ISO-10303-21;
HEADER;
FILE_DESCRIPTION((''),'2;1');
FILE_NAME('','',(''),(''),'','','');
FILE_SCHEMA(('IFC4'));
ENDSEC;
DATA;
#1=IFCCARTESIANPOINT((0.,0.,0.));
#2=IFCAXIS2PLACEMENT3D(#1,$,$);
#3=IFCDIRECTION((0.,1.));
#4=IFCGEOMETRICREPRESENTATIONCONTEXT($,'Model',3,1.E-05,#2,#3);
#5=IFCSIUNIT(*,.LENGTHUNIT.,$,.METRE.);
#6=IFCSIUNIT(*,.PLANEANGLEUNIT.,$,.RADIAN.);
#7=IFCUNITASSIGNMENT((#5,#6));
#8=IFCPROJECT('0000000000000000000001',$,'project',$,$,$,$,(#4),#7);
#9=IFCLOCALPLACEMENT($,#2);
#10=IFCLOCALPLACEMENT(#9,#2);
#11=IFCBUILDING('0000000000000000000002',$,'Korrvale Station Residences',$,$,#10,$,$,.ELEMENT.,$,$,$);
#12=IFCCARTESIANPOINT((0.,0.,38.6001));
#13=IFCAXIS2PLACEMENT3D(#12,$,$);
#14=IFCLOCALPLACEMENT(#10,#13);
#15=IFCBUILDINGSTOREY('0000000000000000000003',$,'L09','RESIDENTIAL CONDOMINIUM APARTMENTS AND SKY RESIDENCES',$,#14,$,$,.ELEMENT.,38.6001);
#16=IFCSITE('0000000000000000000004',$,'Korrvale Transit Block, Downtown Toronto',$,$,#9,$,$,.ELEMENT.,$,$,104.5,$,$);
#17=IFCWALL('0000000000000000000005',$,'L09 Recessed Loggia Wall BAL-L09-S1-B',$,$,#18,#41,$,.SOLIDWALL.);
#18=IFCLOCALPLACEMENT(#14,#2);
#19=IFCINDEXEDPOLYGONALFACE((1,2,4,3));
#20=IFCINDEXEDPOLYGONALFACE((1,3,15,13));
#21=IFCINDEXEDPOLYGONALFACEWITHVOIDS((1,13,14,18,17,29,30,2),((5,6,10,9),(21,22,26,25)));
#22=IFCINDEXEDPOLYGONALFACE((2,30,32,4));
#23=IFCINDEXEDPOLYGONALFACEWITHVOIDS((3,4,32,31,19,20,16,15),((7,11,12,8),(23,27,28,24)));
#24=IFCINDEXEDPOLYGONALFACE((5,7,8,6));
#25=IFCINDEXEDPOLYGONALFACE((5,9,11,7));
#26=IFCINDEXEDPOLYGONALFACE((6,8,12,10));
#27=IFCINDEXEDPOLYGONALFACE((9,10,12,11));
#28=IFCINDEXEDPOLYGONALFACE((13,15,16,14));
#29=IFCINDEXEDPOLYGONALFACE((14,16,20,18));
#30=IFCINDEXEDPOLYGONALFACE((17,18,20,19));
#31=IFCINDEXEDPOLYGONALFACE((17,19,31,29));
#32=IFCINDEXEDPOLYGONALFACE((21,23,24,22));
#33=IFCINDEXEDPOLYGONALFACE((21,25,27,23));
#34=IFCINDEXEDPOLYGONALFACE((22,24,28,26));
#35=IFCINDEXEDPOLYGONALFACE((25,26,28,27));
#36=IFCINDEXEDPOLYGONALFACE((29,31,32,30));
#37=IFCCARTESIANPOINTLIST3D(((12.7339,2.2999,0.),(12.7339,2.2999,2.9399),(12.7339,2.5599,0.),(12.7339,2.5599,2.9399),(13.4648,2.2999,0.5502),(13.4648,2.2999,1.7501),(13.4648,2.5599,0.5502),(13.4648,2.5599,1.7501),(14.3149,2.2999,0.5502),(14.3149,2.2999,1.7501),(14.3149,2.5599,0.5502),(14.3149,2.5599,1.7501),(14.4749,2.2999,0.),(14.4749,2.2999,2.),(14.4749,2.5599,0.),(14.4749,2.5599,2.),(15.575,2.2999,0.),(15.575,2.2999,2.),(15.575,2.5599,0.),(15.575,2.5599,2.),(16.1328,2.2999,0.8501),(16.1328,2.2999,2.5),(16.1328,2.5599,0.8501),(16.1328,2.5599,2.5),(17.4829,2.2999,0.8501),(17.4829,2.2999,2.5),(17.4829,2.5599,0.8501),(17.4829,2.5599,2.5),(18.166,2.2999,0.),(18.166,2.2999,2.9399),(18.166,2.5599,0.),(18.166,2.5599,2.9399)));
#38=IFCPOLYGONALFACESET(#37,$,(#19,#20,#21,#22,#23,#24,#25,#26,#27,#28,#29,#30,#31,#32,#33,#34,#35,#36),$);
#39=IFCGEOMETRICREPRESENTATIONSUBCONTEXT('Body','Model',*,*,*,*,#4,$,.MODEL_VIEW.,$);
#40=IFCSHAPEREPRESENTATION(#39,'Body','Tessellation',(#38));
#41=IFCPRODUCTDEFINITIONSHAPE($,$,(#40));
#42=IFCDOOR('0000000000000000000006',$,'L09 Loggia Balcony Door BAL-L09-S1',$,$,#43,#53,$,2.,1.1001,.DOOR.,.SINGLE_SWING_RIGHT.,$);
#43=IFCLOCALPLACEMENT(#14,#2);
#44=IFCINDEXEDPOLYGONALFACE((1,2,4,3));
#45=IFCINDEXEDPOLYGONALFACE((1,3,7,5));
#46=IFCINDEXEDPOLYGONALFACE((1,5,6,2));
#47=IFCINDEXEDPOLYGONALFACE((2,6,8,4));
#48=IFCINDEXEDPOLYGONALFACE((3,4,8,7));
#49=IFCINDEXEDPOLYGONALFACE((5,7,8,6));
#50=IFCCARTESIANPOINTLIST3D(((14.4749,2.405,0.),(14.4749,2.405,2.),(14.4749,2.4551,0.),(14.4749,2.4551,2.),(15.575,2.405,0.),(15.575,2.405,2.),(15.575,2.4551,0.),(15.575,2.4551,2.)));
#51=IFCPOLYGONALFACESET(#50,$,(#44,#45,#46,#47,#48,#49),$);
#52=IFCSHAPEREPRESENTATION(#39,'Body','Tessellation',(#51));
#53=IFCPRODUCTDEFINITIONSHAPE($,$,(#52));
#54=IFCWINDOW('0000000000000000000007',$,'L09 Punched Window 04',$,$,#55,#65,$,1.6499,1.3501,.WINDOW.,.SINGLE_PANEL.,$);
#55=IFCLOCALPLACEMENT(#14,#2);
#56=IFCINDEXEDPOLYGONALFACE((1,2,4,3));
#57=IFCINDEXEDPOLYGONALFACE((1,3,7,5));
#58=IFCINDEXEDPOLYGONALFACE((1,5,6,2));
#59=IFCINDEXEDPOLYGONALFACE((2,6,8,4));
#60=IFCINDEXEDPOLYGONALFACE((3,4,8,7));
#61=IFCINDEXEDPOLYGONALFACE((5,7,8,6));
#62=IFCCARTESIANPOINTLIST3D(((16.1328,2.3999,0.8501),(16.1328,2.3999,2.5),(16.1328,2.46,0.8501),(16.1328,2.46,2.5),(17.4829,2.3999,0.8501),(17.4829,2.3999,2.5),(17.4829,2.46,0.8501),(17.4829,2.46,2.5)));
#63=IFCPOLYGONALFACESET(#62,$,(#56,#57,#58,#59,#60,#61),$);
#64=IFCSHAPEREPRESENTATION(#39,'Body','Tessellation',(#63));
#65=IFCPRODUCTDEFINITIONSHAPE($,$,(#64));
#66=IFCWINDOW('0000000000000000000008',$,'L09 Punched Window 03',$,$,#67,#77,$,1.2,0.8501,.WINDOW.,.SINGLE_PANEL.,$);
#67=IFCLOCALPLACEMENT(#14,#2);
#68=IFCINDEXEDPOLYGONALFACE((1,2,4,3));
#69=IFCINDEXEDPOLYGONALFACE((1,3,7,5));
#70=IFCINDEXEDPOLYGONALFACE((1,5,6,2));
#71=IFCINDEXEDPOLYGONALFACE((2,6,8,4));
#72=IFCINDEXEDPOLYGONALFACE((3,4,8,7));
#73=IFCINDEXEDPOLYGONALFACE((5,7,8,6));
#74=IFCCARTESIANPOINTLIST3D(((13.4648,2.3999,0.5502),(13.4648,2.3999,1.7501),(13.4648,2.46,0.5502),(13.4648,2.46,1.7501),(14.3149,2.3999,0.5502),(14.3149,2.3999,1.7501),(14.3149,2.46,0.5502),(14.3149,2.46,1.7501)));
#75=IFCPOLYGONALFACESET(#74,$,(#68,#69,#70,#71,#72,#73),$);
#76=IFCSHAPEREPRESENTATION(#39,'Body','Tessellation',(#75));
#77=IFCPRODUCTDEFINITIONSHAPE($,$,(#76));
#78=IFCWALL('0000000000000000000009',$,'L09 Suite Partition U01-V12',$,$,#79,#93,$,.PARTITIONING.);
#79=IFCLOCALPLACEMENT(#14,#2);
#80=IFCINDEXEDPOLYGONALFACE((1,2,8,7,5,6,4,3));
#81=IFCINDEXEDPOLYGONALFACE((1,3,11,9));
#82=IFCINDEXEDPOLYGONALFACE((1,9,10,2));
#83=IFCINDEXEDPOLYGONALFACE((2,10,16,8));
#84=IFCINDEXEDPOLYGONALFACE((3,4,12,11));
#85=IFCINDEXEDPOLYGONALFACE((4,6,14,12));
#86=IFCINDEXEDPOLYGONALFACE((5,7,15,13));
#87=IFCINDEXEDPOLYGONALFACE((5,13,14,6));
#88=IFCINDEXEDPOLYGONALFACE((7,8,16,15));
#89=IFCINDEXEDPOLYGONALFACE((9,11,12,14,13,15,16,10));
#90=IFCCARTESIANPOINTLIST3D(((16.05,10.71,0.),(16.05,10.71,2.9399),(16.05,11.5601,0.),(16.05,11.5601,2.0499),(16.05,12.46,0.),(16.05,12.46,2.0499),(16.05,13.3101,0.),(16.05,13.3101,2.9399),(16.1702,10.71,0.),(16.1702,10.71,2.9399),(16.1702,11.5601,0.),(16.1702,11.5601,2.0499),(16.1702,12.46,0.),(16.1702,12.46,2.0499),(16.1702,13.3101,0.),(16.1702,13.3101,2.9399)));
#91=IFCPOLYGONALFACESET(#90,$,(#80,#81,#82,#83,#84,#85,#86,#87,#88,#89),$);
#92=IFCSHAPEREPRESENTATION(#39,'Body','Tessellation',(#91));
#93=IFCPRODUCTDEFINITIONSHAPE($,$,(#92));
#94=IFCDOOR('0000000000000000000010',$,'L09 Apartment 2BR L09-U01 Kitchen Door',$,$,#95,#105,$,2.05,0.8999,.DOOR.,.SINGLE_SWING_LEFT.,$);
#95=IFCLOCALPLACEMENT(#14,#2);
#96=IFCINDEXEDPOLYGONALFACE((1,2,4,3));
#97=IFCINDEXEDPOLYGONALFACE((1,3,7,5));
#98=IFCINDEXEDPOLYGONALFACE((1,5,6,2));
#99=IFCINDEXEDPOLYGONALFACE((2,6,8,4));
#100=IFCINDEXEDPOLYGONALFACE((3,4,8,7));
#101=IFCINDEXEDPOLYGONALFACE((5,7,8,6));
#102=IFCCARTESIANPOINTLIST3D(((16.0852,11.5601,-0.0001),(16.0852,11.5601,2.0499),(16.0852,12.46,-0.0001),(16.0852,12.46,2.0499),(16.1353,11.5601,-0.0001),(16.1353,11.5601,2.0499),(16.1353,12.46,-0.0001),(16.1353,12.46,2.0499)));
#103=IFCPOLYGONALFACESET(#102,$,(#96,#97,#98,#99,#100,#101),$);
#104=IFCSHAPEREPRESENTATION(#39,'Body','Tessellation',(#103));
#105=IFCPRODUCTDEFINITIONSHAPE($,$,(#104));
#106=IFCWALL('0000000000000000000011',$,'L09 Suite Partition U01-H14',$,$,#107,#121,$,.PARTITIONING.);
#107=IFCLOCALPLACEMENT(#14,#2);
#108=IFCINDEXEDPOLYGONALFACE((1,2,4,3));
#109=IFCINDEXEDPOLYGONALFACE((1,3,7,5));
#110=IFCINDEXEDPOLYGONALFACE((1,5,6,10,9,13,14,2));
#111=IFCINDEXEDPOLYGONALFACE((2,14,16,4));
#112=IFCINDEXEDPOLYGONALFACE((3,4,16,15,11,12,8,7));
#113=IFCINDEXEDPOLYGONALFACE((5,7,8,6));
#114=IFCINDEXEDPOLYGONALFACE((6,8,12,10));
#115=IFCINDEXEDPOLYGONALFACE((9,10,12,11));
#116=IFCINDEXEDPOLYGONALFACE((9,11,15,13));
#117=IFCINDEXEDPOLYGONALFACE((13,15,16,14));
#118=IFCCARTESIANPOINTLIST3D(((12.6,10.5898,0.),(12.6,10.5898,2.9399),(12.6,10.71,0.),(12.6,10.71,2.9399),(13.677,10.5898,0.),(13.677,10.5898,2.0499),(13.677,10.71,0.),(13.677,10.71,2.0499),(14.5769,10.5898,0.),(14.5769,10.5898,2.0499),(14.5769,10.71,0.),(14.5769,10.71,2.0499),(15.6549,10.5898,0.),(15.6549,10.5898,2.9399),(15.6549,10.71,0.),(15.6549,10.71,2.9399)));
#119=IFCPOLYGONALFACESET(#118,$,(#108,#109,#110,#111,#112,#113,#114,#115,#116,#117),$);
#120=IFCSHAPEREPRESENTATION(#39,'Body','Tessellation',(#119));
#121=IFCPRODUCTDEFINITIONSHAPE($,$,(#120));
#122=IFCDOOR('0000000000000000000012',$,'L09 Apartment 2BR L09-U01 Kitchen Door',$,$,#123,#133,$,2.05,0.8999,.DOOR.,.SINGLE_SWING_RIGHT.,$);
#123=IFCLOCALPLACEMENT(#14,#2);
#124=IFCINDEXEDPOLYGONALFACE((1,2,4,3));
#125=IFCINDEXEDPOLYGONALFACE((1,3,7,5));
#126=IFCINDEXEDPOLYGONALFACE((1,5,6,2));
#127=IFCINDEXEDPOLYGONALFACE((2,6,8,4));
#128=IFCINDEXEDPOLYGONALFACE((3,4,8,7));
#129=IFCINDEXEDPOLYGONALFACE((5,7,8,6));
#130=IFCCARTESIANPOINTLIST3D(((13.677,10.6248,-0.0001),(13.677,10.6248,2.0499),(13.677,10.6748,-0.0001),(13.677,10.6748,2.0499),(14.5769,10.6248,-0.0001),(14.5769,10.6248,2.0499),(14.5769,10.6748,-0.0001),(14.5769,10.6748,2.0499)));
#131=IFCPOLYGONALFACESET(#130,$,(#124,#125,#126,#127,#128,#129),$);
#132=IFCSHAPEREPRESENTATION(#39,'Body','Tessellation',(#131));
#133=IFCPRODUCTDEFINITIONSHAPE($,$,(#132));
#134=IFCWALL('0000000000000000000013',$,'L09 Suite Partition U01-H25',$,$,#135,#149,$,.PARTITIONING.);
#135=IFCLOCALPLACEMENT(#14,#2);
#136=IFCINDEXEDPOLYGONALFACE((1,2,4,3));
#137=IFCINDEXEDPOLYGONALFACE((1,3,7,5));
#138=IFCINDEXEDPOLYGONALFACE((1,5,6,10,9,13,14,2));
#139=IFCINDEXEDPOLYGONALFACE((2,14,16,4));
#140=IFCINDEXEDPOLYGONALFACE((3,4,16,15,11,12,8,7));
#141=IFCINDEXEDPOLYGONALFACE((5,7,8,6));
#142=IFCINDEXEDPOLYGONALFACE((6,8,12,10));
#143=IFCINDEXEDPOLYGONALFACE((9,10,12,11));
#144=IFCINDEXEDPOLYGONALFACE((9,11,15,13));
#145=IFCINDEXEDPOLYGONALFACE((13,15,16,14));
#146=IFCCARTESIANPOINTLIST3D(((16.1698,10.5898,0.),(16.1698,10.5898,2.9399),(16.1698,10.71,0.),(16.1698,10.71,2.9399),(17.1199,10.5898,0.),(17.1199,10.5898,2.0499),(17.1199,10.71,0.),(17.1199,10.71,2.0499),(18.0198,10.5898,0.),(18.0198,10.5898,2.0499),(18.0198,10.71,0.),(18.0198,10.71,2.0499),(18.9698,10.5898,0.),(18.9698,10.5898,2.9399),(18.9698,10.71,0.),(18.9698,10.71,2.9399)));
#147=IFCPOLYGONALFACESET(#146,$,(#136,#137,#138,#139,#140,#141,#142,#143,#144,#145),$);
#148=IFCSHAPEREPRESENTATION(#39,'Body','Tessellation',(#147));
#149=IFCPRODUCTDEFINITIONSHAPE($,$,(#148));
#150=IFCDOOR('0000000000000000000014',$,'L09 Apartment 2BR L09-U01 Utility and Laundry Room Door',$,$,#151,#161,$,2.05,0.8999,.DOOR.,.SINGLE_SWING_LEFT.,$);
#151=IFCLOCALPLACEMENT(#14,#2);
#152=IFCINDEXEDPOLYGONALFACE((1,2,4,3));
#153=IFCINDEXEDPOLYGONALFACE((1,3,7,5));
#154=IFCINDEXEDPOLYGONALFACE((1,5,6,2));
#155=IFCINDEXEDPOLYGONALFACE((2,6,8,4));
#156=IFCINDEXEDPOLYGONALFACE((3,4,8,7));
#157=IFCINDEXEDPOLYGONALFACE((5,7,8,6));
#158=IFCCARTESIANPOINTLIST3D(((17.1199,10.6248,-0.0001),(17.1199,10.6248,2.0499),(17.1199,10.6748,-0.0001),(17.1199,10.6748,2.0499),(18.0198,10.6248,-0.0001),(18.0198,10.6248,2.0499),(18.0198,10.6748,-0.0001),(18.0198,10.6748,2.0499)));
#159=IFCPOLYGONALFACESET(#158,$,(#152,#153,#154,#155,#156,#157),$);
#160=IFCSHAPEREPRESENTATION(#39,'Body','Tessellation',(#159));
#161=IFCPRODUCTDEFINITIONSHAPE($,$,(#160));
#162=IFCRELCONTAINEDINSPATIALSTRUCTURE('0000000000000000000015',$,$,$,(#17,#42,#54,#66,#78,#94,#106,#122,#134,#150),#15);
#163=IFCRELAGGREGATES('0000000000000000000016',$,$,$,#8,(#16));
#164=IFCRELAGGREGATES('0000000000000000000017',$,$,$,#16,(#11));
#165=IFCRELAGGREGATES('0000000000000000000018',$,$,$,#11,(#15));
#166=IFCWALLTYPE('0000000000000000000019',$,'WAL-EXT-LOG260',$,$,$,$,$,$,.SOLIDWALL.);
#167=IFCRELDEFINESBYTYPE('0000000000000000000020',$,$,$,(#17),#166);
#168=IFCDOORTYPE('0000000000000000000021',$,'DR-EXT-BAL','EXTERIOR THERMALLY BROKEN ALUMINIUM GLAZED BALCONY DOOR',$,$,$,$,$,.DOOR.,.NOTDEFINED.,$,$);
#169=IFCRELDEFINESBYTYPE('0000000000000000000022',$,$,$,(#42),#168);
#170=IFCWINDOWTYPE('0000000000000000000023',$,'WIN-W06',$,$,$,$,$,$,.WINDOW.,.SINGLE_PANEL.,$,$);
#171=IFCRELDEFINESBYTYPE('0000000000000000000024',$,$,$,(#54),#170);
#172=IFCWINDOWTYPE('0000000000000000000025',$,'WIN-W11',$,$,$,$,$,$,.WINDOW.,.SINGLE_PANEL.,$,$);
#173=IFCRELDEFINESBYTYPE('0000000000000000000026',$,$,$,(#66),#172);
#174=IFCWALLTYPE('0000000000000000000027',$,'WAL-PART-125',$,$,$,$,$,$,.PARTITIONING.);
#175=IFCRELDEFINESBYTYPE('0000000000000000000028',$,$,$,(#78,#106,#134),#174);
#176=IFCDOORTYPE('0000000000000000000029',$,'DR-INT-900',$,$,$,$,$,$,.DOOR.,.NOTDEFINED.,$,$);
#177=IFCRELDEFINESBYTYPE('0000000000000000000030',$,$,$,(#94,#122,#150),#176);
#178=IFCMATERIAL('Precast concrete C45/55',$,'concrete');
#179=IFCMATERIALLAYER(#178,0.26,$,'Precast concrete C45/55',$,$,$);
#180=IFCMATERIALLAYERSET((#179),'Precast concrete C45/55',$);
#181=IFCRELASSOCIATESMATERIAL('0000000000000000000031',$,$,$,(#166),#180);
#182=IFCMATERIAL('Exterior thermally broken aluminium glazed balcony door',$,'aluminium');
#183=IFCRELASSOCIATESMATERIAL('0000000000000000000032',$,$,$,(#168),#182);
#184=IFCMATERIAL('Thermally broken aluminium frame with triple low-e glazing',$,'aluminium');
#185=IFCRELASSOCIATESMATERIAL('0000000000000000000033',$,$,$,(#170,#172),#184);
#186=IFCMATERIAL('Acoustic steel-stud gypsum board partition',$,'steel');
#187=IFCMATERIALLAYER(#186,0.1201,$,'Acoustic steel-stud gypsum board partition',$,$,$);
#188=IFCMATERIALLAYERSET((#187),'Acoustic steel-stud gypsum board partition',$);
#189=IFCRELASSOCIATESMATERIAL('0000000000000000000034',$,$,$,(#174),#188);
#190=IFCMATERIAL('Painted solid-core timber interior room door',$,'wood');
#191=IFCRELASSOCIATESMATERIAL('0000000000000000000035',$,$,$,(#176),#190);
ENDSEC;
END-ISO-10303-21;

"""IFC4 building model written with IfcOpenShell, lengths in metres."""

from ifc_helpers import new_model, si_unit, direction, frame, frame_2d, origin, place, context, subcontext, project, spatial, rectangle, extrude, material, layer, layer_set, type_object, element, fill, save


model = new_model("IFC4")

# Units and contexts
model_context = context("Model", 3, precision=1e-05, world=origin(), true_north=direction((0.0, 1.0)))
body_context = subcontext(model_context, "Body", "Model", "MODEL_VIEW")
ifc_project = project(units=[si_unit("LENGTHUNIT", "METRE"), si_unit("PLANEANGLEUNIT", "RADIAN")], contexts=[model_context])

# Site, building, storey
site_placement = place(None, origin())
site = spatial("IfcSite", under=ifc_project, at=site_placement, Name="Korrvale Transit Block, Downtown Toronto", CompositionType="ELEMENT", RefElevation=104.5)
building_placement = place(site_placement, origin())
building = spatial("IfcBuilding", under=site, at=building_placement, Name="Korrvale Station Residences", CompositionType="ELEMENT")
storey_placement = place(building_placement, frame((0.0, 0.0, 38.6001)))
storey = spatial("IfcBuildingStorey", under=building, at=storey_placement, Name="L09", Description="RESIDENTIAL CONDOMINIUM APARTMENTS AND SKY RESIDENCES", CompositionType="ELEMENT", Elevation=38.6001)

# Wall, openings, door, windows
ifc_material_1 = material(Name="Precast concrete C45/55", Category="concrete")
ifc_layer_1 = layer(ifc_material_1, 0.26, Name="Precast concrete C45/55")
ifc_layer_set_1 = layer_set([ifc_layer_1], Name="Precast concrete C45/55")
wall_type_1 = type_object("IfcWallType", Name="WAL-EXT-LOG260", PredefinedType="SOLIDWALL", material=ifc_layer_set_1)
wall_1_placement = place(storey_placement, frame((18.166, 2.4299, 0.0), z_axis=(0.0, 0.0, 1.0), x_axis=(-1.0, 0.0, 0.0)))
wall_1 = element("IfcWall", 1, at=wall_1_placement, inside=storey, type_object=wall_type_1, Name="L09 Recessed Loggia Wall BAL-L09-S1-B", PredefinedType="SOLIDWALL", context=body_context, shape_type="SweptSolid", body=[
    extrude(rectangle(XDim=5.4321, YDim=0.26, at=frame_2d((2.7161, 0.0))), origin(), (0.0, 0.0, 1.0), 2.9399),
])
opening_1_placement = place(wall_1_placement, frame((2.5911, 0.0, 0.0)))
opening_1 = element("IfcOpeningElement", 2, at=opening_1_placement, cuts=wall_1, PredefinedType="OPENING", context=body_context, shape_type="SweptSolid", body=[
    extrude(rectangle(XDim=1.1001, YDim=2.0, at=frame_2d((0.55, 1.0))), frame((0.0, 0.1401, 0.0), z_axis=(0.0, -1.0, 0.0), x_axis=(1.0, 0.0, 0.0)), (0.0, 0.0, 1.0), 0.28),
])
opening_2_placement = place(wall_1_placement, frame((3.8511, 0.0, 0.55)))
opening_2 = element("IfcOpeningElement", 3, at=opening_2_placement, cuts=wall_1, PredefinedType="OPENING", context=body_context, shape_type="SweptSolid", body=[
    extrude(rectangle(XDim=0.8501, YDim=1.2, at=frame_2d((0.425, 0.6001))), frame((0.0, 0.1401, 0.0), z_axis=(0.0, -1.0, 0.0), x_axis=(1.0, 0.0, 0.0)), (0.0, 0.0, 1.0), 0.28),
])
opening_3_placement = place(wall_1_placement, frame((0.6831, 0.0, 0.8501)))
opening_3 = element("IfcOpeningElement", 4, at=opening_3_placement, cuts=wall_1, PredefinedType="OPENING", context=body_context, shape_type="SweptSolid", body=[
    extrude(rectangle(XDim=1.3501, YDim=1.6499, at=frame_2d((0.675, 0.825))), frame((0.0, 0.1401, 0.0), z_axis=(0.0, -1.0, 0.0), x_axis=(1.0, 0.0, 0.0)), (0.0, 0.0, 1.0), 0.28),
])
ifc_material_2 = material(Name="Exterior thermally broken aluminium glazed balcony door", Category="aluminium")
door_type_1 = type_object("IfcDoorType", Name="DR-EXT-BAL", Description="EXTERIOR THERMALLY BROKEN ALUMINIUM GLAZED BALCONY DOOR", OperationType="NOTDEFINED", PredefinedType="DOOR", material=ifc_material_2)
door_1_placement = place(opening_1_placement, origin())
door_1 = element("IfcDoor", 5, at=door_1_placement, inside=storey, type_object=door_type_1, Name="L09 Loggia Balcony Door BAL-L09-S1", OperationType="SINGLE_SWING_RIGHT", OverallHeight=2.0, OverallWidth=1.1001, PredefinedType="DOOR", context=body_context, shape_type="SweptSolid", body=[
    extrude(rectangle(XDim=1.1001, YDim=2.0, at=frame_2d((0.55, 1.0))), frame((0.0, 0.0249, 0.0), z_axis=(0.0, -1.0, 0.0), x_axis=(1.0, 0.0, 0.0)), (0.0, 0.0, 1.0), 0.05),
])
fill(opening_1, door_1)
ifc_material_3 = material(Name="Thermally broken aluminium frame with triple low-e glazing", Category="aluminium")
window_type_1 = type_object("IfcWindowType", Name="WIN-W06", PartitioningType="SINGLE_PANEL", PredefinedType="WINDOW", material=ifc_material_3)
window_1_placement = place(opening_3_placement, origin())
window_1 = element("IfcWindow", 6, at=window_1_placement, inside=storey, type_object=window_type_1, Name="L09 Punched Window 04", OverallHeight=1.6499, OverallWidth=1.3501, PartitioningType="SINGLE_PANEL", PredefinedType="WINDOW", context=body_context, shape_type="SweptSolid", body=[
    extrude(rectangle(XDim=1.3501, YDim=1.6499, at=frame_2d((0.675, 0.825))), frame((0.0, 0.03, 0.0), z_axis=(0.0, -1.0, 0.0), x_axis=(1.0, 0.0, 0.0)), (0.0, 0.0, 1.0), 0.0601),
])
fill(opening_3, window_1)
window_type_2 = type_object("IfcWindowType", Name="WIN-W11", PartitioningType="SINGLE_PANEL", PredefinedType="WINDOW", material=ifc_material_3)
window_2_placement = place(opening_2_placement, origin())
window_2 = element("IfcWindow", 7, at=window_2_placement, inside=storey, type_object=window_type_2, Name="L09 Punched Window 03", OverallHeight=1.2, OverallWidth=0.8501, PartitioningType="SINGLE_PANEL", PredefinedType="WINDOW", context=body_context, shape_type="SweptSolid", body=[
    extrude(rectangle(XDim=0.8501, YDim=1.2, at=frame_2d((0.425, 0.6001))), frame((0.0, 0.03, 0.0), z_axis=(0.0, -1.0, 0.0), x_axis=(1.0, 0.0, 0.0)), (0.0, 0.0, 1.0), 0.0601),
])
fill(opening_2, window_2)

# Walls, openings, doors
ifc_material_4 = material(Name="Acoustic steel-stud gypsum board partition", Category="steel")
ifc_layer_2 = layer(ifc_material_4, 0.1201, Name="Acoustic steel-stud gypsum board partition")
ifc_layer_set_2 = layer_set([ifc_layer_2], Name="Acoustic steel-stud gypsum board partition")
wall_type_2 = type_object("IfcWallType", Name="WAL-PART-125", PredefinedType="PARTITIONING", material=ifc_layer_set_2)
wall_2_placement = place(storey_placement, frame((16.1101, 10.71, 0.0), z_axis=(0.0, 0.0, 1.0), x_axis=(0.0, 1.0, 0.0)))
wall_2 = element("IfcWall", 8, at=wall_2_placement, inside=storey, type_object=wall_type_2, Name="L09 Suite Partition U01-V12", PredefinedType="PARTITIONING", context=body_context, shape_type="SweptSolid", body=[
    extrude(rectangle(XDim=2.6001, YDim=0.1201, at=frame_2d((1.3, 0.0))), origin(), (0.0, 0.0, 1.0), 2.9399),
])
opening_4_placement = place(wall_2_placement, frame((0.8501, 0.0, 0.0)))
opening_4 = element("IfcOpeningElement", 9, at=opening_4_placement, cuts=wall_2, PredefinedType="OPENING", context=body_context, shape_type="SweptSolid", body=[
    extrude(rectangle(XDim=0.8999, YDim=2.05, at=frame_2d((0.45, 1.0249))), frame((0.0, 0.0701, 0.0), z_axis=(0.0, -1.0, 0.0), x_axis=(1.0, 0.0, 0.0)), (0.0, 0.0, 1.0), 0.1401),
])
ifc_material_5 = material(Name="Painted solid-core timber interior room door", Category="wood")
door_type_2 = type_object("IfcDoorType", Name="DR-INT-900", OperationType="NOTDEFINED", PredefinedType="DOOR", material=ifc_material_5)
door_2_placement = place(opening_4_placement, origin())
door_2 = element("IfcDoor", 10, at=door_2_placement, inside=storey, type_object=door_type_2, Name="L09 Apartment 2BR L09-U01 Kitchen Door", OperationType="SINGLE_SWING_LEFT", OverallHeight=2.05, OverallWidth=0.8999, PredefinedType="DOOR", context=body_context, shape_type="SweptSolid", body=[
    extrude(rectangle(XDim=0.8999, YDim=2.05, at=frame_2d((0.45, 1.0249))), frame((0.0, 0.0249, 0.0), z_axis=(0.0, -1.0, 0.0), x_axis=(1.0, 0.0, 0.0)), (0.0, 0.0, 1.0), 0.05),
])
fill(opening_4, door_2)
wall_3_placement = place(storey_placement, frame((12.6001, 10.6499, 0.0), z_axis=(0.0, 0.0, 1.0), x_axis=(1.0, 0.0, 0.0)))
wall_3 = element("IfcWall", 11, at=wall_3_placement, inside=storey, type_object=wall_type_2, Name="L09 Suite Partition U01-H14", PredefinedType="PARTITIONING", context=body_context, shape_type="SweptSolid", body=[
    extrude(rectangle(XDim=3.0549, YDim=0.1201, at=frame_2d((1.5273, 0.0))), origin(), (0.0, 0.0, 1.0), 2.9399),
])
opening_5_placement = place(wall_3_placement, frame((1.0769, 0.0, 0.0)))
opening_5 = element("IfcOpeningElement", 12, at=opening_5_placement, cuts=wall_3, PredefinedType="OPENING", context=body_context, shape_type="SweptSolid", body=[
    extrude(rectangle(XDim=0.8999, YDim=2.05, at=frame_2d((0.45, 1.0249))), frame((0.0, 0.0701, 0.0), z_axis=(0.0, -1.0, 0.0), x_axis=(1.0, 0.0, 0.0)), (0.0, 0.0, 1.0), 0.1401),
])
door_3_placement = place(opening_5_placement, origin())
door_3 = element("IfcDoor", 13, at=door_3_placement, inside=storey, type_object=door_type_2, Name="L09 Apartment 2BR L09-U01 Kitchen Door", OperationType="SINGLE_SWING_RIGHT", OverallHeight=2.05, OverallWidth=0.8999, PredefinedType="DOOR", context=body_context, shape_type="SweptSolid", body=[
    extrude(rectangle(XDim=0.8999, YDim=2.05, at=frame_2d((0.45, 1.0249))), frame((0.0, 0.0249, 0.0), z_axis=(0.0, -1.0, 0.0), x_axis=(1.0, 0.0, 0.0)), (0.0, 0.0, 1.0), 0.05),
])
fill(opening_5, door_3)
wall_4_placement = place(storey_placement, frame((16.1699, 10.6499, 0.0), z_axis=(0.0, 0.0, 1.0), x_axis=(1.0, 0.0, 0.0)))
wall_4 = element("IfcWall", 14, at=wall_4_placement, inside=storey, type_object=wall_type_2, Name="L09 Suite Partition U01-H25", PredefinedType="PARTITIONING", context=body_context, shape_type="SweptSolid", body=[
    extrude(rectangle(XDim=2.8, YDim=0.1201, at=frame_2d((1.3999, 0.0))), origin(), (0.0, 0.0, 1.0), 2.9399),
])
opening_6_placement = place(wall_4_placement, frame((0.95, 0.0, 0.0)))
opening_6 = element("IfcOpeningElement", 15, at=opening_6_placement, cuts=wall_4, PredefinedType="OPENING", context=body_context, shape_type="SweptSolid", body=[
    extrude(rectangle(XDim=0.8999, YDim=2.05, at=frame_2d((0.45, 1.0249))), frame((0.0, 0.0701, 0.0), z_axis=(0.0, -1.0, 0.0), x_axis=(1.0, 0.0, 0.0)), (0.0, 0.0, 1.0), 0.1401),
])
door_4_placement = place(opening_6_placement, origin())
door_4 = element("IfcDoor", 16, at=door_4_placement, inside=storey, type_object=door_type_2, Name="L09 Apartment 2BR L09-U01 Utility and Laundry Room Door", OperationType="SINGLE_SWING_LEFT", OverallHeight=2.05, OverallWidth=0.8999, PredefinedType="DOOR", context=body_context, shape_type="SweptSolid", body=[
    extrude(rectangle(XDim=0.8999, YDim=2.05, at=frame_2d((0.45, 1.0249))), frame((0.0, 0.0249, 0.0), z_axis=(0.0, -1.0, 0.0), x_axis=(1.0, 0.0, 0.0)), (0.0, 0.0, 1.0), 0.05),
])
fill(opening_6, door_4)

save(model, "model.ifc")
